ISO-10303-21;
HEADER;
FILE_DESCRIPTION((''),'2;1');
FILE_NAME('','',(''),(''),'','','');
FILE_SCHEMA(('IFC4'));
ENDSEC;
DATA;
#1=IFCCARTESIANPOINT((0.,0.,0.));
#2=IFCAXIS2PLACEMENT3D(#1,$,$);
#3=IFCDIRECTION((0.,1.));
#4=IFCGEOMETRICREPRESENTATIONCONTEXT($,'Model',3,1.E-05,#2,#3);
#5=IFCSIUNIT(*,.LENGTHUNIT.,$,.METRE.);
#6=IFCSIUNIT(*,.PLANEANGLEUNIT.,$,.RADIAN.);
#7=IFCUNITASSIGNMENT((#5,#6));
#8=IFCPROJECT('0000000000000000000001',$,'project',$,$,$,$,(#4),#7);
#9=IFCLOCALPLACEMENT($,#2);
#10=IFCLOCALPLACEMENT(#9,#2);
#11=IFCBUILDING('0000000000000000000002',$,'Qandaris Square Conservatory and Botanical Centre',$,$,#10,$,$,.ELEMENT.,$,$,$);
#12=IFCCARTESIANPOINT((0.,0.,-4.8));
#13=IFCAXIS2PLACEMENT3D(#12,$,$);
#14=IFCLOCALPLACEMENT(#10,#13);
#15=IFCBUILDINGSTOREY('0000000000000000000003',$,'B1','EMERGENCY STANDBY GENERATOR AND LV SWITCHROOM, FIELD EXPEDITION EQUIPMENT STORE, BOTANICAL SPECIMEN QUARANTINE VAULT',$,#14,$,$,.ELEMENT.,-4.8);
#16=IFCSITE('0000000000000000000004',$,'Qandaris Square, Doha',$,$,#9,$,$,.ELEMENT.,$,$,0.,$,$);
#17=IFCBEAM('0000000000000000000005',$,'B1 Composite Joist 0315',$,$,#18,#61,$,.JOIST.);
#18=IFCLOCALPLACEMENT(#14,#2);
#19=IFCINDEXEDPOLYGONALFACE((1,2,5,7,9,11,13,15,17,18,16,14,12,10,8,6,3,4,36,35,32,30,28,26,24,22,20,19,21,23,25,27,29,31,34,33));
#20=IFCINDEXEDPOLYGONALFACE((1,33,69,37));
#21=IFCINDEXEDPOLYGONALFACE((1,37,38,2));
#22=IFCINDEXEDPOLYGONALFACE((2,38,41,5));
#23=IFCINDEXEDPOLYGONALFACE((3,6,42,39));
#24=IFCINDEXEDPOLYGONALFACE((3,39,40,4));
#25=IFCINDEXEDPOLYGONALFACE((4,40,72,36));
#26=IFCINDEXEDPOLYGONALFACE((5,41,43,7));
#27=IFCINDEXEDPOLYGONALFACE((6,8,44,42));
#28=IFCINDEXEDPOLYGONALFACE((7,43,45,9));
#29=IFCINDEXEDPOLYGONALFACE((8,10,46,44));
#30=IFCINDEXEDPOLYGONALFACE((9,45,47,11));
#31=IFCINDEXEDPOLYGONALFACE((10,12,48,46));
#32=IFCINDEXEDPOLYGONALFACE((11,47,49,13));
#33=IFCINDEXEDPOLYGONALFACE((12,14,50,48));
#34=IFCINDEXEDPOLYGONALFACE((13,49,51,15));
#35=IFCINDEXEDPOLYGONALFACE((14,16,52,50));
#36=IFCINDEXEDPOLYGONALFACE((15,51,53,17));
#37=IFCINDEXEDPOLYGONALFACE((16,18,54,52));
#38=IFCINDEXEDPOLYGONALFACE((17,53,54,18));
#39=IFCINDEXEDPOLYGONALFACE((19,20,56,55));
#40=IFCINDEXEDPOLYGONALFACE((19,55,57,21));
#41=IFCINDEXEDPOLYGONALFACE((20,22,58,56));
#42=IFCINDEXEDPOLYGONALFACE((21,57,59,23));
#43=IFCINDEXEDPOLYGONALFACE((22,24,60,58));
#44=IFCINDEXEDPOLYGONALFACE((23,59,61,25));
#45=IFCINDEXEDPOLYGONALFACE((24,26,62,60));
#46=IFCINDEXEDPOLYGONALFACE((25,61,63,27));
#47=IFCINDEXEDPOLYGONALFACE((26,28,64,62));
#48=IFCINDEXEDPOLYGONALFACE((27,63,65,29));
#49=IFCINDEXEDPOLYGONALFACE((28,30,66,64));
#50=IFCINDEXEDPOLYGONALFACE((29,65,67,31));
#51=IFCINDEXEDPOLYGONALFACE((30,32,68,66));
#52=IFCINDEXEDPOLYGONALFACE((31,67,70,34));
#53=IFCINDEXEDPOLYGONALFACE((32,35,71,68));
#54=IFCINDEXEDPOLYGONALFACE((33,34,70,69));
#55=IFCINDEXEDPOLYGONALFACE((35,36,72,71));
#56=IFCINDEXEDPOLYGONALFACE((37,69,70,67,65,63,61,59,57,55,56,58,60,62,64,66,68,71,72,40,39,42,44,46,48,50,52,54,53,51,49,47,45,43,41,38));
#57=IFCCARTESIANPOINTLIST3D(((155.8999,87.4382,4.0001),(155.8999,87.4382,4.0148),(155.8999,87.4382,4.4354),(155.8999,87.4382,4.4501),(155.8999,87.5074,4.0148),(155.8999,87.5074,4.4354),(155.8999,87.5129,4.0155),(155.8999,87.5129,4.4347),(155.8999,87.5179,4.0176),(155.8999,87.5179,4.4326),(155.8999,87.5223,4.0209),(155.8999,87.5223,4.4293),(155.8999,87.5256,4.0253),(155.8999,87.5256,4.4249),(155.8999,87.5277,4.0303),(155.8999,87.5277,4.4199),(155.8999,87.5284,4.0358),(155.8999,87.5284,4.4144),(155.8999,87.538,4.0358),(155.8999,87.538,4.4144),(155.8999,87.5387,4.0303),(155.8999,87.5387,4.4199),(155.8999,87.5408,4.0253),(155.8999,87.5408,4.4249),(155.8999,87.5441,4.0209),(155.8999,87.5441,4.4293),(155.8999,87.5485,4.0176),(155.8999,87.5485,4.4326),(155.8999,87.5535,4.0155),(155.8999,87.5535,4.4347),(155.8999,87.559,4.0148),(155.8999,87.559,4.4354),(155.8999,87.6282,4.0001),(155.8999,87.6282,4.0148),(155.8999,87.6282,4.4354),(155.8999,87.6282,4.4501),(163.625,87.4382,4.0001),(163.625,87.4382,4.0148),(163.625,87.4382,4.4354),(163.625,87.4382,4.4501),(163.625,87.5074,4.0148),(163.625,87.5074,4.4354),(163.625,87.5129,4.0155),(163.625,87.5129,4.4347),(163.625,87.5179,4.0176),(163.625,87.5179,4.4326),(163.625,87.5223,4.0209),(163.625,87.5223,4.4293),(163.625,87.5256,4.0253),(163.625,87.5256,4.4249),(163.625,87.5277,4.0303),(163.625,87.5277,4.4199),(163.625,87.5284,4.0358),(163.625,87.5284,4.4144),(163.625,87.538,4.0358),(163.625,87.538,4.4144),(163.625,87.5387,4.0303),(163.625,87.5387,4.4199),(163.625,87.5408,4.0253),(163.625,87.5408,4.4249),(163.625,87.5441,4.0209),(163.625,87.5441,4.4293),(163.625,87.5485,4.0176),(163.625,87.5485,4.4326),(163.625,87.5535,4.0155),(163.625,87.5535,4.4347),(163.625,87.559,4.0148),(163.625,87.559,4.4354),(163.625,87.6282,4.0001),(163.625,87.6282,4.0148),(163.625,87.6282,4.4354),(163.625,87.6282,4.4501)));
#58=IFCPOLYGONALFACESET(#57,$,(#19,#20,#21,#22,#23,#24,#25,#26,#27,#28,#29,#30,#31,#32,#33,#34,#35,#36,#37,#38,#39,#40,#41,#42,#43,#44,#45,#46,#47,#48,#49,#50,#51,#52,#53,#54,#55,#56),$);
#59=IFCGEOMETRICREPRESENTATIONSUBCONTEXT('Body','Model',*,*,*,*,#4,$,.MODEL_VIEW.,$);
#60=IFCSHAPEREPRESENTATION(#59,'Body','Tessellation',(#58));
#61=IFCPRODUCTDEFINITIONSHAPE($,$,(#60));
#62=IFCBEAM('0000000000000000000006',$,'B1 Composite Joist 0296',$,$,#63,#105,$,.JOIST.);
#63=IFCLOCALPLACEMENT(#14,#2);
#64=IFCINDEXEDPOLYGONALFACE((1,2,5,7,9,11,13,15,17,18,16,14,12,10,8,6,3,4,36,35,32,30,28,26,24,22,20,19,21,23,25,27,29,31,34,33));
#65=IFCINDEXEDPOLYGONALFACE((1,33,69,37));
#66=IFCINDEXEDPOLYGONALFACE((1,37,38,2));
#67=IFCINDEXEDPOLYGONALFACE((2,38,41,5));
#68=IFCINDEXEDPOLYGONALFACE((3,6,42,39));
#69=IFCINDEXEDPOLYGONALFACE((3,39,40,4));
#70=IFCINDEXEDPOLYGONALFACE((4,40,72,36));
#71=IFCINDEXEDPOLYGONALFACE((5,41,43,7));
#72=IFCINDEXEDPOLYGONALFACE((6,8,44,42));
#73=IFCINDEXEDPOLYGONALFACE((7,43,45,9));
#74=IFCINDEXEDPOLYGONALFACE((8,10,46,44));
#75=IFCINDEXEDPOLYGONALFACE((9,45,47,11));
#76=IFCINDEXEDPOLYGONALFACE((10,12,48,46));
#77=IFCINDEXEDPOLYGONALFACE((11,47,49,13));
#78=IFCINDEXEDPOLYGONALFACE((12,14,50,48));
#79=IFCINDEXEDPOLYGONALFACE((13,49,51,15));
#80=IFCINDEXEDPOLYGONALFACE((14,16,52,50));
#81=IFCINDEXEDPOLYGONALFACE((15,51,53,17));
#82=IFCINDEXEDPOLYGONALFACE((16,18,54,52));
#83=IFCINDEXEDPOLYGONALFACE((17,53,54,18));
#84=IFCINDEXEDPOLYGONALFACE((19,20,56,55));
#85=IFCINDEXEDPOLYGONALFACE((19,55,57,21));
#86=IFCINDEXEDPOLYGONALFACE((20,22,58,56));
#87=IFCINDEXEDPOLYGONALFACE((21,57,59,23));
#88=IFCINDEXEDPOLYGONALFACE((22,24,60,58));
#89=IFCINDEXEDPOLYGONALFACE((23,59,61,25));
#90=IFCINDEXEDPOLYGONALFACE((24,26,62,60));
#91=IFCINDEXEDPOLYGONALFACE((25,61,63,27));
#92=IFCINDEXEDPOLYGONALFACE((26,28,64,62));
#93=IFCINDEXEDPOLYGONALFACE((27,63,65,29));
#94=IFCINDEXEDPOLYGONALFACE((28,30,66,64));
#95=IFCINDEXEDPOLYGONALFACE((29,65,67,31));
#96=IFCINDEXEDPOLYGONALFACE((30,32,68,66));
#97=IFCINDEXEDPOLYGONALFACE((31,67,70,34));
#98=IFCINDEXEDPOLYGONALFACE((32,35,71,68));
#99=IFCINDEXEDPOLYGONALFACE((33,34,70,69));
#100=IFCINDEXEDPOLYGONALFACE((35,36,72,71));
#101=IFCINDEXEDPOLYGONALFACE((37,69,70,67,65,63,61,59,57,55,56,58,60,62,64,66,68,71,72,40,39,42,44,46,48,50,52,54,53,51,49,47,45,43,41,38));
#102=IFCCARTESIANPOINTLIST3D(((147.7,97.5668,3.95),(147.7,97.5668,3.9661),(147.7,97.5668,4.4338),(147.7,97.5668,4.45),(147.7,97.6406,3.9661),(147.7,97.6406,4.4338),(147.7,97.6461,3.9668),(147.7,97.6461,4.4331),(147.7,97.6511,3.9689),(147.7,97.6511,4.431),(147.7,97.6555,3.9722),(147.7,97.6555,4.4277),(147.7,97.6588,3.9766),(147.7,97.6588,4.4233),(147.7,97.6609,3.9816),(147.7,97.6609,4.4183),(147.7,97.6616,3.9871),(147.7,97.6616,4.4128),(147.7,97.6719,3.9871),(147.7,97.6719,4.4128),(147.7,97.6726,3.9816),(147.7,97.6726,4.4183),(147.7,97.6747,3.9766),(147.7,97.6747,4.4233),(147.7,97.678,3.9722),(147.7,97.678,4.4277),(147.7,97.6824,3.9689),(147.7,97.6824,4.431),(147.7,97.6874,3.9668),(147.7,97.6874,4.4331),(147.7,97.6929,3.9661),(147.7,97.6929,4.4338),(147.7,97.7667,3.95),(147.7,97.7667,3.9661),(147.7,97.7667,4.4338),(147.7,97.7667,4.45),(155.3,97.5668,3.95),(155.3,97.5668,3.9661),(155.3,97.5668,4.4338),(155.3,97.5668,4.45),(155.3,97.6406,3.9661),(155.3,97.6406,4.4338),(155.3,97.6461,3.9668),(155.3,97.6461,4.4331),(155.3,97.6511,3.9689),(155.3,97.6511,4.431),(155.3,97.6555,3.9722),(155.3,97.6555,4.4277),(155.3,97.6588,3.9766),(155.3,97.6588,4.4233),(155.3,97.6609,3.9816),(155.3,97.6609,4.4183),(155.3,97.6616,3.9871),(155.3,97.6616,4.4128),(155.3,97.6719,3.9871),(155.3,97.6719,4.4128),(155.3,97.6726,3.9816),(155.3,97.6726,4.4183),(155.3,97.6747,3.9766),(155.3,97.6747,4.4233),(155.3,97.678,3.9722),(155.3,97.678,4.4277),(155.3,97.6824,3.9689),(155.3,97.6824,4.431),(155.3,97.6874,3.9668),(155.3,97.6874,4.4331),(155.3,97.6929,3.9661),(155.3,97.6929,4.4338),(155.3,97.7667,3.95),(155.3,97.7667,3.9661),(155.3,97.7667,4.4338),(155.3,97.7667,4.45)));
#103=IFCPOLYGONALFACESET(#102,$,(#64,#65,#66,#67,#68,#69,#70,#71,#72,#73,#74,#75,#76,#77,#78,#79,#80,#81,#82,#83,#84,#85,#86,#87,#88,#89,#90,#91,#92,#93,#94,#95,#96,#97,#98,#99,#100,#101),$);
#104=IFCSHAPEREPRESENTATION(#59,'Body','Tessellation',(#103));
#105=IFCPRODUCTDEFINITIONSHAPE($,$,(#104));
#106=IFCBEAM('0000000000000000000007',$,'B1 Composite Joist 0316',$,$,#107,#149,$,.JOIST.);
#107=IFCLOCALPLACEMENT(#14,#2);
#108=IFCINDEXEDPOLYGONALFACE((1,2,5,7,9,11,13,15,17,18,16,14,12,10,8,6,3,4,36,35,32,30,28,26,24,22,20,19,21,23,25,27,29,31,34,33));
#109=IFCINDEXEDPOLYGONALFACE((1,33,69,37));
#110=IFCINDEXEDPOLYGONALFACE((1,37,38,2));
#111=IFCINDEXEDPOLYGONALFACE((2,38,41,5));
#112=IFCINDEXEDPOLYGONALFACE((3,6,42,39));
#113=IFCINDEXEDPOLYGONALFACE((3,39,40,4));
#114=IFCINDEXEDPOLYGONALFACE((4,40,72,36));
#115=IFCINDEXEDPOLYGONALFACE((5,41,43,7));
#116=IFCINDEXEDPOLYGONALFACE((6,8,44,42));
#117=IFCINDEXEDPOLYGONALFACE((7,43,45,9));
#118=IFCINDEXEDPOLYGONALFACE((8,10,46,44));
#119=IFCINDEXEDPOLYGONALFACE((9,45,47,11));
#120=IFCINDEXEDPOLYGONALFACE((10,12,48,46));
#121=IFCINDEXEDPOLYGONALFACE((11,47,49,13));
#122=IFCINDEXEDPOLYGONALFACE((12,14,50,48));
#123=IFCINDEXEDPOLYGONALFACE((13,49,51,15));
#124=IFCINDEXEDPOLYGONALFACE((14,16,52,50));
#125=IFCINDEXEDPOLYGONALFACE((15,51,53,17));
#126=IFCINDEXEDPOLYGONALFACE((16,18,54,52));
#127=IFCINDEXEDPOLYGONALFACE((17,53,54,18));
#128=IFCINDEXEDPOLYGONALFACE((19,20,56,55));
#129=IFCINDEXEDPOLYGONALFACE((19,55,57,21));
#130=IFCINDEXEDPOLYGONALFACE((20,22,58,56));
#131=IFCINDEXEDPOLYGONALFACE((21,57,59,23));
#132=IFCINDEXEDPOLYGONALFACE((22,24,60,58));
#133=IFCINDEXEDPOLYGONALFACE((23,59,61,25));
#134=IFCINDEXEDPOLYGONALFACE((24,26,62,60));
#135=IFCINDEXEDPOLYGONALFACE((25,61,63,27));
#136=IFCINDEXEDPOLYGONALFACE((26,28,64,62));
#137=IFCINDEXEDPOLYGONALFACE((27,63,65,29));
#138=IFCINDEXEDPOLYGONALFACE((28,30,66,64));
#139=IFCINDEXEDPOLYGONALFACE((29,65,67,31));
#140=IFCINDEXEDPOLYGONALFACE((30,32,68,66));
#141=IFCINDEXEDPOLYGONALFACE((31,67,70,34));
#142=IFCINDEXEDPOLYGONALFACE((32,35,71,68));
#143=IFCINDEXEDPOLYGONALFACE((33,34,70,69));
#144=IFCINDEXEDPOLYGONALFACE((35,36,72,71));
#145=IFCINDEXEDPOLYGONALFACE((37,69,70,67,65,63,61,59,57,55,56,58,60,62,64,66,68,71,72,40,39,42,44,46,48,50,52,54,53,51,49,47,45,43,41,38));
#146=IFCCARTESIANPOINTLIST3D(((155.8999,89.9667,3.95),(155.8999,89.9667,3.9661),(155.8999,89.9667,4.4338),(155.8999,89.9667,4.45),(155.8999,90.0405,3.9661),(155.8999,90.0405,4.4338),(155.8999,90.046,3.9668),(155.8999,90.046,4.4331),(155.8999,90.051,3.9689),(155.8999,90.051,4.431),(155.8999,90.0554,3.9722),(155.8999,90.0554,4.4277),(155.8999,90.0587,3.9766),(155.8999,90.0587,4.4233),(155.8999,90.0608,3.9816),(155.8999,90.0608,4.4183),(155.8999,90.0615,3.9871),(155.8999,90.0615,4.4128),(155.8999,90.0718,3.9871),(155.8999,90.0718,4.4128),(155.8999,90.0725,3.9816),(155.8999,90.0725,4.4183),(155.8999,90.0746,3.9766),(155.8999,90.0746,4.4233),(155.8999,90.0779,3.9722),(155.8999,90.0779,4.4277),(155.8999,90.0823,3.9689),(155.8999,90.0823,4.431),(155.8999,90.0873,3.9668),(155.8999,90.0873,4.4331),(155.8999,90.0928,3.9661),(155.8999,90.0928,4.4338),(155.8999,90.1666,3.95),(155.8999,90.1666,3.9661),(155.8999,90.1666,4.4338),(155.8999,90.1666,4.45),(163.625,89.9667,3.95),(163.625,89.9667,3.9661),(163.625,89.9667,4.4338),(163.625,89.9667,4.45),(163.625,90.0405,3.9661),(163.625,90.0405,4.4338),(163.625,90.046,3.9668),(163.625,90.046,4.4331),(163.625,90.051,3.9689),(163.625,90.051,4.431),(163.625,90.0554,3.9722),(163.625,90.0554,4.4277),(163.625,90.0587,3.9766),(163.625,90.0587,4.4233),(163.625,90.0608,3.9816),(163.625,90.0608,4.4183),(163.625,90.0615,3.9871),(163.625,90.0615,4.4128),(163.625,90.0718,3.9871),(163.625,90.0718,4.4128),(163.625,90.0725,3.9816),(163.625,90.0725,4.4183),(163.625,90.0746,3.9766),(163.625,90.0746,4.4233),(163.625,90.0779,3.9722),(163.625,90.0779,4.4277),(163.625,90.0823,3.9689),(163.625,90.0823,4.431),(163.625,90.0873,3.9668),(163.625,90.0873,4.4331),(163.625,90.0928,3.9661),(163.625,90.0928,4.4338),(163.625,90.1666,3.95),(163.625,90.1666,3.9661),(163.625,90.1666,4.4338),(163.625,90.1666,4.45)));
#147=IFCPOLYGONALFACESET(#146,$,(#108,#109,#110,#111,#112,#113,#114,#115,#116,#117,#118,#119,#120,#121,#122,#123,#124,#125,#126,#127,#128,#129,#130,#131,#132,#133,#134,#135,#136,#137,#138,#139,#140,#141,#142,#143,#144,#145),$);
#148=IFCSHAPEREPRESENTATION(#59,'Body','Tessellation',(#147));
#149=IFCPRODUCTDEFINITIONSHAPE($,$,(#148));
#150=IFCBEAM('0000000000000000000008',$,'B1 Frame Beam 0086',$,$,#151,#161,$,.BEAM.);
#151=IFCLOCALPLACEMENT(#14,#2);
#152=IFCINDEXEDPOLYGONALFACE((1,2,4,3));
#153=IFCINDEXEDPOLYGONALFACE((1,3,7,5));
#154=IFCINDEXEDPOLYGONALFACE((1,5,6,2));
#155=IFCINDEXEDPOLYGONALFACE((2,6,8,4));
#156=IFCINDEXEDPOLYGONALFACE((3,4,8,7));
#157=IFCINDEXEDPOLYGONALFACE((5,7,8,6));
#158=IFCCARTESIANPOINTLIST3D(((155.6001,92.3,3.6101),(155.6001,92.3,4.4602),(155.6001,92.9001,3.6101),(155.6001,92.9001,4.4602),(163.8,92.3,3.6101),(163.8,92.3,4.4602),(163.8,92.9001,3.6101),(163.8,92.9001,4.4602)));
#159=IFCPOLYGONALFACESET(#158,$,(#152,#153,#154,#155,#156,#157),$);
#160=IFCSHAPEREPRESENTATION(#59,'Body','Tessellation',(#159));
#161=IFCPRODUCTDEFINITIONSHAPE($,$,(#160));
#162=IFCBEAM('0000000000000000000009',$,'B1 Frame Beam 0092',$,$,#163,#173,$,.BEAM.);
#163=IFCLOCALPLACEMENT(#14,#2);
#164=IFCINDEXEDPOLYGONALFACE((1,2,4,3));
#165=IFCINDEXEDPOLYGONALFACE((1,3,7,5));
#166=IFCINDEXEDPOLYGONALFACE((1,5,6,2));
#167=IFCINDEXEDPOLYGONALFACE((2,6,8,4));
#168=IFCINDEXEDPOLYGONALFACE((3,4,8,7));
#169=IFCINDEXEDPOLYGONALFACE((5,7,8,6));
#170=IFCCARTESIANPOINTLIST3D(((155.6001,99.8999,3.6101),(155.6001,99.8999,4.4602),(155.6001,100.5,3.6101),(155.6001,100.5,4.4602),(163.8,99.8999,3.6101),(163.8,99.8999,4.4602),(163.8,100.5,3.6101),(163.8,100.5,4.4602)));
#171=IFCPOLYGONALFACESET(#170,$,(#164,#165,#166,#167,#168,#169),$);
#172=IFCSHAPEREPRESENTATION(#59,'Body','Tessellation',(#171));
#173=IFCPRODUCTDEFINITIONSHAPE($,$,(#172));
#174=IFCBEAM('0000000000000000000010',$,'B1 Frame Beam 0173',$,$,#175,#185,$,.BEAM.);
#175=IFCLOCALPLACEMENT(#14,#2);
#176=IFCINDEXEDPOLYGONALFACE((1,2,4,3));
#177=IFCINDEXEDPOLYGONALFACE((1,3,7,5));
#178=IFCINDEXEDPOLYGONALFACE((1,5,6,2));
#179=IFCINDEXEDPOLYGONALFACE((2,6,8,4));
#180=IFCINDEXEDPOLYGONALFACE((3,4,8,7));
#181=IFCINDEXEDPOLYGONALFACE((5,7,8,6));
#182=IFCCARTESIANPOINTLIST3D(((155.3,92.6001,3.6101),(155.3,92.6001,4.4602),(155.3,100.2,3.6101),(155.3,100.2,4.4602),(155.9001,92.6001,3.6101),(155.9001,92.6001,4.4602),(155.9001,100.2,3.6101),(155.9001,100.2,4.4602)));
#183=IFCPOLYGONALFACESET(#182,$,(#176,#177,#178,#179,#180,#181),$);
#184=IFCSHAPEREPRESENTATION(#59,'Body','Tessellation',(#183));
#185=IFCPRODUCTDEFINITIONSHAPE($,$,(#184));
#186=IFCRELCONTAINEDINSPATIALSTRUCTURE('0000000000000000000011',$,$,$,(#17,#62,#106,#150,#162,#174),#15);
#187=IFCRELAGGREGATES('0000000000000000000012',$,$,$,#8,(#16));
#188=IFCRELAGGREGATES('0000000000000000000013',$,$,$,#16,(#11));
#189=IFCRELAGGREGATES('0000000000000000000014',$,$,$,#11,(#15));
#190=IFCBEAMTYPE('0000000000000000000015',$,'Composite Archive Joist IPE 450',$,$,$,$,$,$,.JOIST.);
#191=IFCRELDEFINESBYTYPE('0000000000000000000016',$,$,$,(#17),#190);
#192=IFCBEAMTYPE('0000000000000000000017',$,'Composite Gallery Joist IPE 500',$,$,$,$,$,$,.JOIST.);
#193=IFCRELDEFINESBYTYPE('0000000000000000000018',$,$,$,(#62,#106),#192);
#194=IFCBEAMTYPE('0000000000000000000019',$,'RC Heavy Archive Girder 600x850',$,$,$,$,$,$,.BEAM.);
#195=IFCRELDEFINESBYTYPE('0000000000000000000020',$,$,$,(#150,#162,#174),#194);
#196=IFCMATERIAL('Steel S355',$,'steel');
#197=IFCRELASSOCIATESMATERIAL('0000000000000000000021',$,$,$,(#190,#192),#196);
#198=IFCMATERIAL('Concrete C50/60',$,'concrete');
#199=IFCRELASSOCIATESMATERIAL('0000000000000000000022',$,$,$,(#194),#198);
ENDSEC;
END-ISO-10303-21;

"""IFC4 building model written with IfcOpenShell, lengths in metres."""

from ifc_helpers import new_model, si_unit, direction, frame, origin, origin_2d, place, context, subcontext, project, spatial, rectangle, i_section, extrude, material, material_profile, profile_set, type_object, element, save


model = new_model("IFC4")

# Units and contexts
model_context = context("Model", 3, precision=1e-05, world=origin(), true_north=direction((0.0, 1.0)))
body_context = subcontext(model_context, "Body", "Model", "MODEL_VIEW")
ifc_project = project(units=[si_unit("LENGTHUNIT", "METRE"), si_unit("PLANEANGLEUNIT", "RADIAN")], contexts=[model_context])

# Site, building, storey
site_placement = place(None, origin())
site = spatial("IfcSite", under=ifc_project, at=site_placement, Name="Qandaris Square, Doha", CompositionType="ELEMENT", RefElevation=0.0)
building_placement = place(site_placement, origin())
building = spatial("IfcBuilding", under=site, at=building_placement, Name="Qandaris Square Conservatory and Botanical Centre", CompositionType="ELEMENT")
storey_placement = place(building_placement, frame((0.0, 0.0, -4.8)))
storey = spatial("IfcBuildingStorey", under=building, at=storey_placement, Name="B1", Description="EMERGENCY STANDBY GENERATOR AND LV SWITCHROOM, FIELD EXPEDITION EQUIPMENT STORE, BOTANICAL SPECIMEN QUARANTINE VAULT", CompositionType="ELEMENT", Elevation=-4.8)

# Shared definitions
ifc_material_1 = material(Name="Concrete C50/60", Category="concrete")

# Beams
ifc_material_2 = material(Name="Steel S355", Category="steel")
ifc_material_profile_1 = material_profile(ifc_material_2, i_section(OverallWidth=0.1899, OverallDepth=0.45, WebThickness=0.0095, FlangeThickness=0.0146, FilletRadius=0.021, at=origin_2d()), Name="IPE 450")
ifc_profile_set_1 = profile_set([ifc_material_profile_1], Name="Steel S355")
beam_type_1 = type_object("IfcBeamType", Name="Composite Archive Joist IPE 450", PredefinedType="JOIST", material=ifc_profile_set_1)
beam_1_placement = place(storey_placement, frame((155.8999, 87.5332, 4.2251), z_axis=(1.0, 0.0, 0.0), x_axis=(0.0, 1.0, 0.0)))
element("IfcBeam", 1, at=beam_1_placement, inside=storey, type_object=beam_type_1, Name="B1 Composite Joist 0315", PredefinedType="JOIST", context=body_context, shape_type="SweptSolid", body=[
    extrude(i_section(OverallWidth=0.1899, OverallDepth=0.45, WebThickness=0.0095, FlangeThickness=0.0146, FilletRadius=0.021, at=origin_2d()), origin(), (0.0, 0.0, 1.0), 7.7251),
])
ifc_material_profile_2 = material_profile(ifc_material_2, i_section(OverallWidth=0.2, OverallDepth=0.5, WebThickness=0.0103, FlangeThickness=0.0161, FilletRadius=0.021, at=origin_2d()), Name="IPE 500")
ifc_profile_set_2 = profile_set([ifc_material_profile_2], Name="Steel S355")
beam_type_2 = type_object("IfcBeamType", Name="Composite Gallery Joist IPE 500", PredefinedType="JOIST", material=ifc_profile_set_2)
beam_2_placement = place(storey_placement, frame((147.7, 97.6667, 4.2), z_axis=(1.0, 0.0, 0.0), x_axis=(0.0, 1.0, 0.0)))
element("IfcBeam", 2, at=beam_2_placement, inside=storey, type_object=beam_type_2, Name="B1 Composite Joist 0296", PredefinedType="JOIST", context=body_context, shape_type="SweptSolid", body=[
    extrude(i_section(OverallWidth=0.2, OverallDepth=0.5, WebThickness=0.0103, FlangeThickness=0.0161, FilletRadius=0.021, at=origin_2d()), origin(), (0.0, 0.0, 1.0), 7.6001),
])
beam_3_placement = place(storey_placement, frame((155.8999, 90.0667, 4.2), z_axis=(1.0, 0.0, 0.0), x_axis=(0.0, 1.0, 0.0)))
element("IfcBeam", 3, at=beam_3_placement, inside=storey, type_object=beam_type_2, Name="B1 Composite Joist 0316", PredefinedType="JOIST", context=body_context, shape_type="SweptSolid", body=[
    extrude(i_section(OverallWidth=0.2, OverallDepth=0.5, WebThickness=0.0103, FlangeThickness=0.0161, FilletRadius=0.021, at=origin_2d()), origin(), (0.0, 0.0, 1.0), 7.7251),
])
ifc_material_profile_3 = material_profile(ifc_material_1, rectangle(XDim=0.6001, YDim=0.8501, at=origin_2d()), Name="RC-BM 600x850")
ifc_profile_set_3 = profile_set([ifc_material_profile_3], Name="Concrete C50/60")
beam_type_3 = type_object("IfcBeamType", Name="RC Heavy Archive Girder 600x850", PredefinedType="BEAM", material=ifc_profile_set_3)
for number, where, z_axis, x_axis, name in (
    (4, (155.6001, 92.6001, 4.0352), (1.0, 0.0, 0.0), (0.0, 1.0, 0.0), "B1 Frame Beam 0086"),
    (5, (155.6001, 100.2, 4.0352), (1.0, 0.0, 0.0), (0.0, 1.0, 0.0), "B1 Frame Beam 0092"),
):
    element("IfcBeam", number, at=place(storey_placement, frame(where, z_axis=z_axis, x_axis=x_axis)), inside=storey, type_object=beam_type_3, Name=name, PredefinedType="BEAM", context=body_context, shape_type="SweptSolid", body=[
        extrude(rectangle(XDim=0.6001, YDim=0.8501, at=origin_2d()), origin(), (0.0, 0.0, 1.0), 8.2),
    ])
beam_4_placement = place(storey_placement, frame((155.6001, 92.6001, 4.0352), z_axis=(0.0, 1.0, 0.0), x_axis=(-1.0, 0.0, 0.0)))
element("IfcBeam", 6, at=beam_4_placement, inside=storey, type_object=beam_type_3, Name="B1 Frame Beam 0173", PredefinedType="BEAM", context=body_context, shape_type="SweptSolid", body=[
    extrude(rectangle(XDim=0.6001, YDim=0.8501, at=origin_2d()), origin(), (0.0, 0.0, 1.0), 7.5999),
])

save(model, "model.ifc")
